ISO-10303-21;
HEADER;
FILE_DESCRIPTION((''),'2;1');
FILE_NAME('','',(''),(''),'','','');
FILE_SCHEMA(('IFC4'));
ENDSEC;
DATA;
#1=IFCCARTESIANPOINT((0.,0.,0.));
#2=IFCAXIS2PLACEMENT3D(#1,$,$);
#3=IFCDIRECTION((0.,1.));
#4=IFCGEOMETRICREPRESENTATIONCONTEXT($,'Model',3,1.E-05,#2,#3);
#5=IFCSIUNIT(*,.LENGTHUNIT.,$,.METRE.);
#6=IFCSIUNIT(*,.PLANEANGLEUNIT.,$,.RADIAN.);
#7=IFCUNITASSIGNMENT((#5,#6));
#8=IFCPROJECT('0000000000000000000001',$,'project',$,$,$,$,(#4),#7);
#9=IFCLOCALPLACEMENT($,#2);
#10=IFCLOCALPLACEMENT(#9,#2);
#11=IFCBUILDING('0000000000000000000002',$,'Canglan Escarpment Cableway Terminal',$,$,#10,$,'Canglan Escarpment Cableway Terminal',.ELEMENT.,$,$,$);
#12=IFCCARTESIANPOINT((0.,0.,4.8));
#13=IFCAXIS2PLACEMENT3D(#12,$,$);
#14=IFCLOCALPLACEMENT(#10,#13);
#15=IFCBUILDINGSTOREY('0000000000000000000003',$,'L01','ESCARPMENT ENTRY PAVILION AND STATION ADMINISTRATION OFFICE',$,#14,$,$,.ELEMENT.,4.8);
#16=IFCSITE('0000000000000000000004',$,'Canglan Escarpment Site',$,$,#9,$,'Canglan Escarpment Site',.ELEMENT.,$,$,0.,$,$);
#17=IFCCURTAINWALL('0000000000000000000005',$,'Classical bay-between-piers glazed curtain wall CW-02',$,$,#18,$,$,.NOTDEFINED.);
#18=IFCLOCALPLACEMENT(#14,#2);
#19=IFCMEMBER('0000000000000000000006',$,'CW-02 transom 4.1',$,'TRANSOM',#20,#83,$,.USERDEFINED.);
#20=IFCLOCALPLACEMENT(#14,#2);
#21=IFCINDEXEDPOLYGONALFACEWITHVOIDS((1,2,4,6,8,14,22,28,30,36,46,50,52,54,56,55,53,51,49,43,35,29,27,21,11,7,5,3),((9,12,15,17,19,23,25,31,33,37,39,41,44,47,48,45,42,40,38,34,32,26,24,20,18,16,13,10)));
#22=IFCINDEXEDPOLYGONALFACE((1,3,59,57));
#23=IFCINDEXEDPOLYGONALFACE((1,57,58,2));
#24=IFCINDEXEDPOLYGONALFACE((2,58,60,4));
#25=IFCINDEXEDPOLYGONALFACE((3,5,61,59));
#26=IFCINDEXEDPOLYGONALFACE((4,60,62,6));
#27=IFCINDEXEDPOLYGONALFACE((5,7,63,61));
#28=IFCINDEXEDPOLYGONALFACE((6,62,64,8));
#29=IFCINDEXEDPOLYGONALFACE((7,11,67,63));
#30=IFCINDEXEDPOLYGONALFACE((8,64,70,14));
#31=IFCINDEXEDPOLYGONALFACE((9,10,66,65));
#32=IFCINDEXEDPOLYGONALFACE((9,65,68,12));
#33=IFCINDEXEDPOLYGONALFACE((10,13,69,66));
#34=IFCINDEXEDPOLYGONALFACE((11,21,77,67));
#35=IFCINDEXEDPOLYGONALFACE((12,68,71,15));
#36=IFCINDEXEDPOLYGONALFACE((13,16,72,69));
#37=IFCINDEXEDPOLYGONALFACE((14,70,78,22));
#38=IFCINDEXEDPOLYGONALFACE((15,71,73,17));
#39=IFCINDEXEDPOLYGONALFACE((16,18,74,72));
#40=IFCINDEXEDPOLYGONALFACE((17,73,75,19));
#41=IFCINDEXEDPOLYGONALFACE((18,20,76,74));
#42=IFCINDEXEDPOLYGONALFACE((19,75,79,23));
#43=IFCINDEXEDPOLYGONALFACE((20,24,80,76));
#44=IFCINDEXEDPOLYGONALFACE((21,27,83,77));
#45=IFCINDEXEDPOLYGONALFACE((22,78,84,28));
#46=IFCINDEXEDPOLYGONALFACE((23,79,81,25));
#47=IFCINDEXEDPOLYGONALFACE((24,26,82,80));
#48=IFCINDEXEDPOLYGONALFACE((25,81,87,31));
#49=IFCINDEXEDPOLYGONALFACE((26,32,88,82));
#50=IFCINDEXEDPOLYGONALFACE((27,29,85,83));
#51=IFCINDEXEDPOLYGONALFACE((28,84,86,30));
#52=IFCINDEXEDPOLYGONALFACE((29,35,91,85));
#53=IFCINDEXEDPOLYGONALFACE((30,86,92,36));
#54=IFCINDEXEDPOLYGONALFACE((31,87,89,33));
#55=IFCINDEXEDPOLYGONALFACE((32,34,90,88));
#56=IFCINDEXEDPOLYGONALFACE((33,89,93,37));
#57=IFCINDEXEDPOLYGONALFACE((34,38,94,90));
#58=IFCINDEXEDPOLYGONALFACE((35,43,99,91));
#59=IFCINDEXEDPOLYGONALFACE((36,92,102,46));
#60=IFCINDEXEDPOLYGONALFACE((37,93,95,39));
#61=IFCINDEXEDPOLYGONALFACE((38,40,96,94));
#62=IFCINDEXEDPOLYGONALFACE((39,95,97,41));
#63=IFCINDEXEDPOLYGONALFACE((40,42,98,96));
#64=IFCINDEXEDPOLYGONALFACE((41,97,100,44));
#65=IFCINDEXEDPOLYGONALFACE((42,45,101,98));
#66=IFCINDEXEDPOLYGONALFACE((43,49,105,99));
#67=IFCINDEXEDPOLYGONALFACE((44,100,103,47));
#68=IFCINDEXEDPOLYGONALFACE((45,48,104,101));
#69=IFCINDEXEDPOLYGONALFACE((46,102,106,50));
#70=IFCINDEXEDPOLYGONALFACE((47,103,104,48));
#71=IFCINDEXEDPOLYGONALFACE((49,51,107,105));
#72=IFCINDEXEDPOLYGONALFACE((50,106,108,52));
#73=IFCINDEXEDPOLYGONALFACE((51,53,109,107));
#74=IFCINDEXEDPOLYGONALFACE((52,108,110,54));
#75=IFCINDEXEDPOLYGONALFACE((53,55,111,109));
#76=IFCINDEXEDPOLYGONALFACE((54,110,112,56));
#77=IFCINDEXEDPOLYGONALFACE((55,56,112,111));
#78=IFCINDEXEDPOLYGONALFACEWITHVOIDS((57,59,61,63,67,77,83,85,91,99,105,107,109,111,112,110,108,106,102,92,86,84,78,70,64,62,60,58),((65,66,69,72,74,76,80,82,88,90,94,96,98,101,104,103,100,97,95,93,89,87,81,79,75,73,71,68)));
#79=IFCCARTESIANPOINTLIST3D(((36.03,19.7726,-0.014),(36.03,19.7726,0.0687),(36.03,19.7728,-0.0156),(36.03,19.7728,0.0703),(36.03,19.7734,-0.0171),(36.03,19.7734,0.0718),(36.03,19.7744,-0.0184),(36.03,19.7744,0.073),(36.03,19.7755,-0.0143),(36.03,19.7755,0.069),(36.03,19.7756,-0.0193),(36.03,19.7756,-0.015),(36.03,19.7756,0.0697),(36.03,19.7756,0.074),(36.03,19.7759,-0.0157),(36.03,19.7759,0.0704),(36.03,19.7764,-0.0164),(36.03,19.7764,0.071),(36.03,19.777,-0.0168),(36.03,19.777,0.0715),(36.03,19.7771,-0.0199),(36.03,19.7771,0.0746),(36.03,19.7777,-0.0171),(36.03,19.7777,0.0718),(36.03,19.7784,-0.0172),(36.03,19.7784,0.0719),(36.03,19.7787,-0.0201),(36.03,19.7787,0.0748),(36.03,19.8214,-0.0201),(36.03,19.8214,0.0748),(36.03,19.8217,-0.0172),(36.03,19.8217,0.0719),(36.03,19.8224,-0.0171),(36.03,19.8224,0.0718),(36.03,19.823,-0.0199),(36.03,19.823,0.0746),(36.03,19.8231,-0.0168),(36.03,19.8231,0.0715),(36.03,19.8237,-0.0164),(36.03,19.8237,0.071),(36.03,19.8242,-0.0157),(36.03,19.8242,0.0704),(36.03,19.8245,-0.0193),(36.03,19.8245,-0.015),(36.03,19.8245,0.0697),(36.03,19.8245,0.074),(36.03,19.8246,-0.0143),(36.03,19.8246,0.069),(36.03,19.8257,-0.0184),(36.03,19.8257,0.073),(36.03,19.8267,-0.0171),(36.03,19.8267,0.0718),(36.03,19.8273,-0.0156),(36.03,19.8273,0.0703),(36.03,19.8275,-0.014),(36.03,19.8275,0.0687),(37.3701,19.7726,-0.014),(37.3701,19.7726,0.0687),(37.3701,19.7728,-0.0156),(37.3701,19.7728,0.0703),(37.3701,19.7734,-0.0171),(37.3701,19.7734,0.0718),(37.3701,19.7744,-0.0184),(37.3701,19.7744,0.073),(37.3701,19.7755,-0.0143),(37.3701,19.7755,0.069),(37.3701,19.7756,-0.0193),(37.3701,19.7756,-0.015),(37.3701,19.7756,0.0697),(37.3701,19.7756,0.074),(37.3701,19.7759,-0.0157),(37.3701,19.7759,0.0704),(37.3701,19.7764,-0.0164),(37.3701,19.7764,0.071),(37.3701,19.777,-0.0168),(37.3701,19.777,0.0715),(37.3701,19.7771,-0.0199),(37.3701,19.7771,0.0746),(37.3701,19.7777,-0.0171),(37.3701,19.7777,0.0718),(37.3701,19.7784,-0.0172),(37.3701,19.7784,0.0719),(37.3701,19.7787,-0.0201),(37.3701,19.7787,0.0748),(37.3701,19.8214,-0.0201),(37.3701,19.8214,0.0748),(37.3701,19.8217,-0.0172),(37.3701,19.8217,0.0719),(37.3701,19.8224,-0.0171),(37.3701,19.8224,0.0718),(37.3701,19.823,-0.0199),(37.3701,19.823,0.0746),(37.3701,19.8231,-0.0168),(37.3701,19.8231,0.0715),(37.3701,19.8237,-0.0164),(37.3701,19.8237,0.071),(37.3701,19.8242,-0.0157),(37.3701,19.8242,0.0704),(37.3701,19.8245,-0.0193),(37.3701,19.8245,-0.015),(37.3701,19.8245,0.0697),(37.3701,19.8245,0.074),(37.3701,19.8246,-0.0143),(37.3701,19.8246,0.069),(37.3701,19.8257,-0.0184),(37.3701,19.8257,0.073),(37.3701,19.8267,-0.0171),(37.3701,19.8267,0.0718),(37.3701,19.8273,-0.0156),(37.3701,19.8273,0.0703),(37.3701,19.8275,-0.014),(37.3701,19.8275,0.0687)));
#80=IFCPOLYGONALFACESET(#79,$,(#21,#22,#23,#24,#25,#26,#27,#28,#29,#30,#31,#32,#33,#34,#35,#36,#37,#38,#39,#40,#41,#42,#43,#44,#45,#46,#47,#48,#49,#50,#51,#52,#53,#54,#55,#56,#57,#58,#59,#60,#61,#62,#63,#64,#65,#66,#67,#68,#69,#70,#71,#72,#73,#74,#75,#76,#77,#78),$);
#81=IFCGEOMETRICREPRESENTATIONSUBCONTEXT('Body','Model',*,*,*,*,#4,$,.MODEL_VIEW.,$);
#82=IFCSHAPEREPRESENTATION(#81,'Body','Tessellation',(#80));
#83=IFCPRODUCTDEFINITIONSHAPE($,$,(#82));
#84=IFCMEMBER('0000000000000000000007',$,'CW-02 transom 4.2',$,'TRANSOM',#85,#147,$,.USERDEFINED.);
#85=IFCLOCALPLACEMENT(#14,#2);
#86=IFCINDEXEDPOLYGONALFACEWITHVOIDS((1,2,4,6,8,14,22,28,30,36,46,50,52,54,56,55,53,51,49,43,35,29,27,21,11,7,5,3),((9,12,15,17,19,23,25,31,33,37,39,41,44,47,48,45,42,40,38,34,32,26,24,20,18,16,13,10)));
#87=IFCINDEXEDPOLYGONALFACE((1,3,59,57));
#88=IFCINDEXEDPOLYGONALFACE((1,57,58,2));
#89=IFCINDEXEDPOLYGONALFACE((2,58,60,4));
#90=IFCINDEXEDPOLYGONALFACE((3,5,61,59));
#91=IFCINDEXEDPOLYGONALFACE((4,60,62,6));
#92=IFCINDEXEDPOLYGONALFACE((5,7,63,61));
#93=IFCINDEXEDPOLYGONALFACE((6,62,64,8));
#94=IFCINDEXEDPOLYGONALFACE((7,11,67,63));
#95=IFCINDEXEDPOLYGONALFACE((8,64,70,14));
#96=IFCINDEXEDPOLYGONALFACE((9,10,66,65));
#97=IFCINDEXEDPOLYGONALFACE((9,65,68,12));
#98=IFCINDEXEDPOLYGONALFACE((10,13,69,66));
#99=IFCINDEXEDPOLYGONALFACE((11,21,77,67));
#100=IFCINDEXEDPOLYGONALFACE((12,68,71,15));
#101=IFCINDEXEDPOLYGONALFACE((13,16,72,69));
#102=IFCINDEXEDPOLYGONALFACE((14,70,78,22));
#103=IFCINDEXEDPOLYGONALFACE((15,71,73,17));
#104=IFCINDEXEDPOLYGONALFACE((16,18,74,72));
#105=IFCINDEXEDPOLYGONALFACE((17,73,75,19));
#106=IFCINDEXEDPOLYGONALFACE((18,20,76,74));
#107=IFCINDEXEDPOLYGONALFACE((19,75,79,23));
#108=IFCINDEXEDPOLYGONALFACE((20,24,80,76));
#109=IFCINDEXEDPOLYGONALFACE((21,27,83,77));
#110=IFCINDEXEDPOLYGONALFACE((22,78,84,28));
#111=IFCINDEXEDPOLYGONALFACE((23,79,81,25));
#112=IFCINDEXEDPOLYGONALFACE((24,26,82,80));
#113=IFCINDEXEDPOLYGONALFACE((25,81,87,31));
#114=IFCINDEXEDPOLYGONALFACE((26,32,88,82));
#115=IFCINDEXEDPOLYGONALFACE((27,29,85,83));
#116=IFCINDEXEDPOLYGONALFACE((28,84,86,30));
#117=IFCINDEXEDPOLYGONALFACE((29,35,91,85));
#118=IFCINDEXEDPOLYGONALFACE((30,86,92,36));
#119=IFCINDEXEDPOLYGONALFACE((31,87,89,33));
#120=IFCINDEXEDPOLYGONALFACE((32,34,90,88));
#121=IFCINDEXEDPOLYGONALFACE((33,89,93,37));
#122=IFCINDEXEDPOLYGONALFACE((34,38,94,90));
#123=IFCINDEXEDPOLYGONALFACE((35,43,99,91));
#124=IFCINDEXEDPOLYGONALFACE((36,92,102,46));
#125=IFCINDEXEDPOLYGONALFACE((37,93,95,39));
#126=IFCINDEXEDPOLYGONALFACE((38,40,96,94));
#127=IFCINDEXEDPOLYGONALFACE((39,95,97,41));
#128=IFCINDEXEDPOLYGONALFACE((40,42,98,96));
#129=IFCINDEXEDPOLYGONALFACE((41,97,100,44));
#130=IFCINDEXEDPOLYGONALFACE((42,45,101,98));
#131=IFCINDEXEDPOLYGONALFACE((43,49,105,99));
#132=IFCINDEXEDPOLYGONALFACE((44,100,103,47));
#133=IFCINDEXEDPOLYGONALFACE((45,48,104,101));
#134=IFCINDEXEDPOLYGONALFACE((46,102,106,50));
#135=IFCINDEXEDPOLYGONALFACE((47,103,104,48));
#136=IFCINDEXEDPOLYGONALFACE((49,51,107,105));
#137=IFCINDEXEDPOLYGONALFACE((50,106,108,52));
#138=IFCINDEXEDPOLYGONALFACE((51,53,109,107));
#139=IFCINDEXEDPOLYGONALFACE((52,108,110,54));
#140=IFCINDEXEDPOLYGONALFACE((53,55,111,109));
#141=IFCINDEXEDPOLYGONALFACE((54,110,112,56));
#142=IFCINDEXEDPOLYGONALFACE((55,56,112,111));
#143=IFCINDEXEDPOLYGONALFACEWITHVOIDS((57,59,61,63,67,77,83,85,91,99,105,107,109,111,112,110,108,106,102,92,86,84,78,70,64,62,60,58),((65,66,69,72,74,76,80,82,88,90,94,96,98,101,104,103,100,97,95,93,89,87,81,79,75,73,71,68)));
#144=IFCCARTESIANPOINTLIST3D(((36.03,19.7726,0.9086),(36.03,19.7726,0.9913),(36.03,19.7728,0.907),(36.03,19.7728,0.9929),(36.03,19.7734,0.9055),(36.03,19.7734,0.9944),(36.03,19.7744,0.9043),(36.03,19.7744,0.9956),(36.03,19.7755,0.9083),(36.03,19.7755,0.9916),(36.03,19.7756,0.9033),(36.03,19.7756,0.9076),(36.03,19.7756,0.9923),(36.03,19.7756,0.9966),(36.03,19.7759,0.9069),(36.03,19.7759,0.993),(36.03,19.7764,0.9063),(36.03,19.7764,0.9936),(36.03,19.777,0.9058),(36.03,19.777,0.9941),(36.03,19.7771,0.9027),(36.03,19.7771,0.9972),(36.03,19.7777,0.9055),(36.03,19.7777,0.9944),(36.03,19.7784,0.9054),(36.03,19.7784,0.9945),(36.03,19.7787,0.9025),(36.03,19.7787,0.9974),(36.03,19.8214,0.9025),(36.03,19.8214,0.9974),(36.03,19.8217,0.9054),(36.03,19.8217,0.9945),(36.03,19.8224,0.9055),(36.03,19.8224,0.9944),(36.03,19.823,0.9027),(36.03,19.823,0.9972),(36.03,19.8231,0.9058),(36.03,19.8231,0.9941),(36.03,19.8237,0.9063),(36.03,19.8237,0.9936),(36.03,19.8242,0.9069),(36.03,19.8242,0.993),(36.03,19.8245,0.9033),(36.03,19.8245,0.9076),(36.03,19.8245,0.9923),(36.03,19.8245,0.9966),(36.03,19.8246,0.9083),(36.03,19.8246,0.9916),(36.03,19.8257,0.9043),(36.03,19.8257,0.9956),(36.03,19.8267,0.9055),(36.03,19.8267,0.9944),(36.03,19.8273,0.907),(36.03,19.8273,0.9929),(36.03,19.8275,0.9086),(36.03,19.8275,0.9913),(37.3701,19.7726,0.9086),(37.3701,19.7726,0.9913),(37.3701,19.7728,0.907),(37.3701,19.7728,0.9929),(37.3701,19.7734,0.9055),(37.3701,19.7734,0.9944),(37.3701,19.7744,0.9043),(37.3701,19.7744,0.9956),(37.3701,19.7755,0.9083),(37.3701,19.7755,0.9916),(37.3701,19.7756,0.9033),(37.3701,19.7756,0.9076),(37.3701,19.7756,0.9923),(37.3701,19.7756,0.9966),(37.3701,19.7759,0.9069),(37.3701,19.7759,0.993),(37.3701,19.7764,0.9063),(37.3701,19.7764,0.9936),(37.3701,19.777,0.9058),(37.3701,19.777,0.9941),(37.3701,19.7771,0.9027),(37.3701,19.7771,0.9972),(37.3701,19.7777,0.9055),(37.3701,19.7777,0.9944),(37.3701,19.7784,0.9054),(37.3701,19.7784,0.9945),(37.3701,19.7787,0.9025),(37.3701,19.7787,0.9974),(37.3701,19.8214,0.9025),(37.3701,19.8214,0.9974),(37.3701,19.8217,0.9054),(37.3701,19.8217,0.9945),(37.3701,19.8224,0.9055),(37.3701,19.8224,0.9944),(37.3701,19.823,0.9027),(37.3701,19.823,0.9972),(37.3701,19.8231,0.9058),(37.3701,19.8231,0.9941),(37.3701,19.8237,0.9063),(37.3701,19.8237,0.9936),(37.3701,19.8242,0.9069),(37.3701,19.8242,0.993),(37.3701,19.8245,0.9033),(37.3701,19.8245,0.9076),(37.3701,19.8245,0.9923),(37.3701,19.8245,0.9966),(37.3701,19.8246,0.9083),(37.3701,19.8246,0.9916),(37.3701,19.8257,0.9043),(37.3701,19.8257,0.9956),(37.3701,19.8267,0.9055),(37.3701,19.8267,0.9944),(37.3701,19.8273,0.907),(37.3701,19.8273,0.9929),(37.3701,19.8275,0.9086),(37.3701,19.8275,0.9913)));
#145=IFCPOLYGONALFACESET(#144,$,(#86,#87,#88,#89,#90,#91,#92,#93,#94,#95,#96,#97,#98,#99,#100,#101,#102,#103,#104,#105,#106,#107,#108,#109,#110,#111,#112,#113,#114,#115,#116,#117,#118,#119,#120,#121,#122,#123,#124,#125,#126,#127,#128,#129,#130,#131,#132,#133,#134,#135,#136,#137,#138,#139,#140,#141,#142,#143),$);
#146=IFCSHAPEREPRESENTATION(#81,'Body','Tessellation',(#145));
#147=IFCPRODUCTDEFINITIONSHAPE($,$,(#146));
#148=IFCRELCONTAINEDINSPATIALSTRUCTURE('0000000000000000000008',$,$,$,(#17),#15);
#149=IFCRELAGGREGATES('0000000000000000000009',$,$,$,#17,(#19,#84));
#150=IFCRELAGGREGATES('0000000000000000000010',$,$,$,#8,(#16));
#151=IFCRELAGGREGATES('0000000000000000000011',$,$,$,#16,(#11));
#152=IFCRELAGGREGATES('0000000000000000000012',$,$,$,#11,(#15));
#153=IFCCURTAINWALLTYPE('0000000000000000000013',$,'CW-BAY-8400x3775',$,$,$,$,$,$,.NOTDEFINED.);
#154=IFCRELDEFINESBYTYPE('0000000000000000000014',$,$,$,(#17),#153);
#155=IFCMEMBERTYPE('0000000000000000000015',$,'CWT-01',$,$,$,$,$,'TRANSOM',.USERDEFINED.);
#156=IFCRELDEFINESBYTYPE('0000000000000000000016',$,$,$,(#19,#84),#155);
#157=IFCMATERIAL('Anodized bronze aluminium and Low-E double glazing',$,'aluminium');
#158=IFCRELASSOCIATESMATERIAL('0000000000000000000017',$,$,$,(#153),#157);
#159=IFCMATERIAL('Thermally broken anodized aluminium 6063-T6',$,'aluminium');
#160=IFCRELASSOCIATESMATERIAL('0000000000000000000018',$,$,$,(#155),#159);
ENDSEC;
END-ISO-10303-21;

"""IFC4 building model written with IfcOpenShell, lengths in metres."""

from ifc_helpers import new_model, si_unit, direction, frame, origin, origin_2d, place, context, subcontext, project, spatial, hollow_rectangle, extrude, material, material_profile, profile_set, type_object, element, aggregate, save


model = new_model("IFC4")

# Units and contexts
model_context = context("Model", 3, precision=1e-05, world=origin(), true_north=direction((0.0, 1.0)))
body_context = subcontext(model_context, "Body", "Model", "MODEL_VIEW")
ifc_project = project(units=[si_unit("LENGTHUNIT", "METRE"), si_unit("PLANEANGLEUNIT", "RADIAN")], contexts=[model_context])

# Site, building, storey
site_placement = place(None, origin())
site = spatial("IfcSite", under=ifc_project, at=site_placement, Name="Canglan Escarpment Site", LongName="Canglan Escarpment Site", CompositionType="ELEMENT", RefElevation=0.0)
building_placement = place(site_placement, origin())
building = spatial("IfcBuilding", under=site, at=building_placement, Name="Canglan Escarpment Cableway Terminal", LongName="Canglan Escarpment Cableway Terminal", CompositionType="ELEMENT")
storey_placement = place(building_placement, frame((0.0, 0.0, 4.8)))
storey = spatial("IfcBuildingStorey", under=building, at=storey_placement, Name="L01", Description="ESCARPMENT ENTRY PAVILION AND STATION ADMINISTRATION OFFICE", CompositionType="ELEMENT", Elevation=4.8)

# Curtain wall, members
ifc_material_1 = material(Name="Anodized bronze aluminium and Low-E double glazing", Category="aluminium")
curtain_wall_type = type_object("IfcCurtainWallType", Name="CW-BAY-8400x3775", PredefinedType="NOTDEFINED", material=ifc_material_1)
curtain_wall_placement = place(storey_placement, origin())
curtain_wall = element("IfcCurtainWall", 1, at=curtain_wall_placement, inside=storey, type_object=curtain_wall_type, Name="Classical bay-between-piers glazed curtain wall CW-02", PredefinedType="NOTDEFINED")
ifc_material_2 = material(Name="Thermally broken anodized aluminium 6063-T6", Category="aluminium")
ifc_material_profile_1 = material_profile(ifc_material_2, hollow_rectangle(XDim=0.0549, YDim=0.095, WallThickness=0.0029, InnerFilletRadius=0.0029, OuterFilletRadius=0.0061, at=origin_2d()), Name="ALU-TRAN 55x95x3")
ifc_profile_set_1 = profile_set([ifc_material_profile_1], Name="Thermally broken anodized aluminium 6063-T6")
member_type_1 = type_object("IfcMemberType", Name="CWT-01", ElementType="TRANSOM", PredefinedType="USERDEFINED", material=ifc_profile_set_1)
member_1_placement = place(storey_placement, frame((37.3701, 19.8, 0.0273), z_axis=(-1.0, 0.0, 0.0), x_axis=(0.0, -1.0, 0.0)))
member_1 = element("IfcMember", 2, at=member_1_placement, type_object=member_type_1, Name="CW-02 transom 4.1", ObjectType="TRANSOM", PredefinedType="USERDEFINED", context=body_context, shape_type="SweptSolid", body=[
    extrude(hollow_rectangle(XDim=0.0549, YDim=0.095, WallThickness=0.0029, InnerFilletRadius=0.0029, OuterFilletRadius=0.0061, at=origin_2d()), origin(), (0.0, 0.0, 1.0), 1.3401),
])
member_2_placement = place(storey_placement, frame((37.3701, 19.8, 0.95), z_axis=(-1.0, 0.0, 0.0), x_axis=(0.0, -1.0, 0.0)))
member_2 = element("IfcMember", 3, at=member_2_placement, type_object=member_type_1, Name="CW-02 transom 4.2", ObjectType="TRANSOM", PredefinedType="USERDEFINED", context=body_context, shape_type="SweptSolid", body=[
    extrude(hollow_rectangle(XDim=0.0549, YDim=0.095, WallThickness=0.0029, InnerFilletRadius=0.0029, OuterFilletRadius=0.0061, at=origin_2d()), origin(), (0.0, 0.0, 1.0), 1.3401),
])

aggregate(curtain_wall, [member_1, member_2])

save(model, "model.ifc")
